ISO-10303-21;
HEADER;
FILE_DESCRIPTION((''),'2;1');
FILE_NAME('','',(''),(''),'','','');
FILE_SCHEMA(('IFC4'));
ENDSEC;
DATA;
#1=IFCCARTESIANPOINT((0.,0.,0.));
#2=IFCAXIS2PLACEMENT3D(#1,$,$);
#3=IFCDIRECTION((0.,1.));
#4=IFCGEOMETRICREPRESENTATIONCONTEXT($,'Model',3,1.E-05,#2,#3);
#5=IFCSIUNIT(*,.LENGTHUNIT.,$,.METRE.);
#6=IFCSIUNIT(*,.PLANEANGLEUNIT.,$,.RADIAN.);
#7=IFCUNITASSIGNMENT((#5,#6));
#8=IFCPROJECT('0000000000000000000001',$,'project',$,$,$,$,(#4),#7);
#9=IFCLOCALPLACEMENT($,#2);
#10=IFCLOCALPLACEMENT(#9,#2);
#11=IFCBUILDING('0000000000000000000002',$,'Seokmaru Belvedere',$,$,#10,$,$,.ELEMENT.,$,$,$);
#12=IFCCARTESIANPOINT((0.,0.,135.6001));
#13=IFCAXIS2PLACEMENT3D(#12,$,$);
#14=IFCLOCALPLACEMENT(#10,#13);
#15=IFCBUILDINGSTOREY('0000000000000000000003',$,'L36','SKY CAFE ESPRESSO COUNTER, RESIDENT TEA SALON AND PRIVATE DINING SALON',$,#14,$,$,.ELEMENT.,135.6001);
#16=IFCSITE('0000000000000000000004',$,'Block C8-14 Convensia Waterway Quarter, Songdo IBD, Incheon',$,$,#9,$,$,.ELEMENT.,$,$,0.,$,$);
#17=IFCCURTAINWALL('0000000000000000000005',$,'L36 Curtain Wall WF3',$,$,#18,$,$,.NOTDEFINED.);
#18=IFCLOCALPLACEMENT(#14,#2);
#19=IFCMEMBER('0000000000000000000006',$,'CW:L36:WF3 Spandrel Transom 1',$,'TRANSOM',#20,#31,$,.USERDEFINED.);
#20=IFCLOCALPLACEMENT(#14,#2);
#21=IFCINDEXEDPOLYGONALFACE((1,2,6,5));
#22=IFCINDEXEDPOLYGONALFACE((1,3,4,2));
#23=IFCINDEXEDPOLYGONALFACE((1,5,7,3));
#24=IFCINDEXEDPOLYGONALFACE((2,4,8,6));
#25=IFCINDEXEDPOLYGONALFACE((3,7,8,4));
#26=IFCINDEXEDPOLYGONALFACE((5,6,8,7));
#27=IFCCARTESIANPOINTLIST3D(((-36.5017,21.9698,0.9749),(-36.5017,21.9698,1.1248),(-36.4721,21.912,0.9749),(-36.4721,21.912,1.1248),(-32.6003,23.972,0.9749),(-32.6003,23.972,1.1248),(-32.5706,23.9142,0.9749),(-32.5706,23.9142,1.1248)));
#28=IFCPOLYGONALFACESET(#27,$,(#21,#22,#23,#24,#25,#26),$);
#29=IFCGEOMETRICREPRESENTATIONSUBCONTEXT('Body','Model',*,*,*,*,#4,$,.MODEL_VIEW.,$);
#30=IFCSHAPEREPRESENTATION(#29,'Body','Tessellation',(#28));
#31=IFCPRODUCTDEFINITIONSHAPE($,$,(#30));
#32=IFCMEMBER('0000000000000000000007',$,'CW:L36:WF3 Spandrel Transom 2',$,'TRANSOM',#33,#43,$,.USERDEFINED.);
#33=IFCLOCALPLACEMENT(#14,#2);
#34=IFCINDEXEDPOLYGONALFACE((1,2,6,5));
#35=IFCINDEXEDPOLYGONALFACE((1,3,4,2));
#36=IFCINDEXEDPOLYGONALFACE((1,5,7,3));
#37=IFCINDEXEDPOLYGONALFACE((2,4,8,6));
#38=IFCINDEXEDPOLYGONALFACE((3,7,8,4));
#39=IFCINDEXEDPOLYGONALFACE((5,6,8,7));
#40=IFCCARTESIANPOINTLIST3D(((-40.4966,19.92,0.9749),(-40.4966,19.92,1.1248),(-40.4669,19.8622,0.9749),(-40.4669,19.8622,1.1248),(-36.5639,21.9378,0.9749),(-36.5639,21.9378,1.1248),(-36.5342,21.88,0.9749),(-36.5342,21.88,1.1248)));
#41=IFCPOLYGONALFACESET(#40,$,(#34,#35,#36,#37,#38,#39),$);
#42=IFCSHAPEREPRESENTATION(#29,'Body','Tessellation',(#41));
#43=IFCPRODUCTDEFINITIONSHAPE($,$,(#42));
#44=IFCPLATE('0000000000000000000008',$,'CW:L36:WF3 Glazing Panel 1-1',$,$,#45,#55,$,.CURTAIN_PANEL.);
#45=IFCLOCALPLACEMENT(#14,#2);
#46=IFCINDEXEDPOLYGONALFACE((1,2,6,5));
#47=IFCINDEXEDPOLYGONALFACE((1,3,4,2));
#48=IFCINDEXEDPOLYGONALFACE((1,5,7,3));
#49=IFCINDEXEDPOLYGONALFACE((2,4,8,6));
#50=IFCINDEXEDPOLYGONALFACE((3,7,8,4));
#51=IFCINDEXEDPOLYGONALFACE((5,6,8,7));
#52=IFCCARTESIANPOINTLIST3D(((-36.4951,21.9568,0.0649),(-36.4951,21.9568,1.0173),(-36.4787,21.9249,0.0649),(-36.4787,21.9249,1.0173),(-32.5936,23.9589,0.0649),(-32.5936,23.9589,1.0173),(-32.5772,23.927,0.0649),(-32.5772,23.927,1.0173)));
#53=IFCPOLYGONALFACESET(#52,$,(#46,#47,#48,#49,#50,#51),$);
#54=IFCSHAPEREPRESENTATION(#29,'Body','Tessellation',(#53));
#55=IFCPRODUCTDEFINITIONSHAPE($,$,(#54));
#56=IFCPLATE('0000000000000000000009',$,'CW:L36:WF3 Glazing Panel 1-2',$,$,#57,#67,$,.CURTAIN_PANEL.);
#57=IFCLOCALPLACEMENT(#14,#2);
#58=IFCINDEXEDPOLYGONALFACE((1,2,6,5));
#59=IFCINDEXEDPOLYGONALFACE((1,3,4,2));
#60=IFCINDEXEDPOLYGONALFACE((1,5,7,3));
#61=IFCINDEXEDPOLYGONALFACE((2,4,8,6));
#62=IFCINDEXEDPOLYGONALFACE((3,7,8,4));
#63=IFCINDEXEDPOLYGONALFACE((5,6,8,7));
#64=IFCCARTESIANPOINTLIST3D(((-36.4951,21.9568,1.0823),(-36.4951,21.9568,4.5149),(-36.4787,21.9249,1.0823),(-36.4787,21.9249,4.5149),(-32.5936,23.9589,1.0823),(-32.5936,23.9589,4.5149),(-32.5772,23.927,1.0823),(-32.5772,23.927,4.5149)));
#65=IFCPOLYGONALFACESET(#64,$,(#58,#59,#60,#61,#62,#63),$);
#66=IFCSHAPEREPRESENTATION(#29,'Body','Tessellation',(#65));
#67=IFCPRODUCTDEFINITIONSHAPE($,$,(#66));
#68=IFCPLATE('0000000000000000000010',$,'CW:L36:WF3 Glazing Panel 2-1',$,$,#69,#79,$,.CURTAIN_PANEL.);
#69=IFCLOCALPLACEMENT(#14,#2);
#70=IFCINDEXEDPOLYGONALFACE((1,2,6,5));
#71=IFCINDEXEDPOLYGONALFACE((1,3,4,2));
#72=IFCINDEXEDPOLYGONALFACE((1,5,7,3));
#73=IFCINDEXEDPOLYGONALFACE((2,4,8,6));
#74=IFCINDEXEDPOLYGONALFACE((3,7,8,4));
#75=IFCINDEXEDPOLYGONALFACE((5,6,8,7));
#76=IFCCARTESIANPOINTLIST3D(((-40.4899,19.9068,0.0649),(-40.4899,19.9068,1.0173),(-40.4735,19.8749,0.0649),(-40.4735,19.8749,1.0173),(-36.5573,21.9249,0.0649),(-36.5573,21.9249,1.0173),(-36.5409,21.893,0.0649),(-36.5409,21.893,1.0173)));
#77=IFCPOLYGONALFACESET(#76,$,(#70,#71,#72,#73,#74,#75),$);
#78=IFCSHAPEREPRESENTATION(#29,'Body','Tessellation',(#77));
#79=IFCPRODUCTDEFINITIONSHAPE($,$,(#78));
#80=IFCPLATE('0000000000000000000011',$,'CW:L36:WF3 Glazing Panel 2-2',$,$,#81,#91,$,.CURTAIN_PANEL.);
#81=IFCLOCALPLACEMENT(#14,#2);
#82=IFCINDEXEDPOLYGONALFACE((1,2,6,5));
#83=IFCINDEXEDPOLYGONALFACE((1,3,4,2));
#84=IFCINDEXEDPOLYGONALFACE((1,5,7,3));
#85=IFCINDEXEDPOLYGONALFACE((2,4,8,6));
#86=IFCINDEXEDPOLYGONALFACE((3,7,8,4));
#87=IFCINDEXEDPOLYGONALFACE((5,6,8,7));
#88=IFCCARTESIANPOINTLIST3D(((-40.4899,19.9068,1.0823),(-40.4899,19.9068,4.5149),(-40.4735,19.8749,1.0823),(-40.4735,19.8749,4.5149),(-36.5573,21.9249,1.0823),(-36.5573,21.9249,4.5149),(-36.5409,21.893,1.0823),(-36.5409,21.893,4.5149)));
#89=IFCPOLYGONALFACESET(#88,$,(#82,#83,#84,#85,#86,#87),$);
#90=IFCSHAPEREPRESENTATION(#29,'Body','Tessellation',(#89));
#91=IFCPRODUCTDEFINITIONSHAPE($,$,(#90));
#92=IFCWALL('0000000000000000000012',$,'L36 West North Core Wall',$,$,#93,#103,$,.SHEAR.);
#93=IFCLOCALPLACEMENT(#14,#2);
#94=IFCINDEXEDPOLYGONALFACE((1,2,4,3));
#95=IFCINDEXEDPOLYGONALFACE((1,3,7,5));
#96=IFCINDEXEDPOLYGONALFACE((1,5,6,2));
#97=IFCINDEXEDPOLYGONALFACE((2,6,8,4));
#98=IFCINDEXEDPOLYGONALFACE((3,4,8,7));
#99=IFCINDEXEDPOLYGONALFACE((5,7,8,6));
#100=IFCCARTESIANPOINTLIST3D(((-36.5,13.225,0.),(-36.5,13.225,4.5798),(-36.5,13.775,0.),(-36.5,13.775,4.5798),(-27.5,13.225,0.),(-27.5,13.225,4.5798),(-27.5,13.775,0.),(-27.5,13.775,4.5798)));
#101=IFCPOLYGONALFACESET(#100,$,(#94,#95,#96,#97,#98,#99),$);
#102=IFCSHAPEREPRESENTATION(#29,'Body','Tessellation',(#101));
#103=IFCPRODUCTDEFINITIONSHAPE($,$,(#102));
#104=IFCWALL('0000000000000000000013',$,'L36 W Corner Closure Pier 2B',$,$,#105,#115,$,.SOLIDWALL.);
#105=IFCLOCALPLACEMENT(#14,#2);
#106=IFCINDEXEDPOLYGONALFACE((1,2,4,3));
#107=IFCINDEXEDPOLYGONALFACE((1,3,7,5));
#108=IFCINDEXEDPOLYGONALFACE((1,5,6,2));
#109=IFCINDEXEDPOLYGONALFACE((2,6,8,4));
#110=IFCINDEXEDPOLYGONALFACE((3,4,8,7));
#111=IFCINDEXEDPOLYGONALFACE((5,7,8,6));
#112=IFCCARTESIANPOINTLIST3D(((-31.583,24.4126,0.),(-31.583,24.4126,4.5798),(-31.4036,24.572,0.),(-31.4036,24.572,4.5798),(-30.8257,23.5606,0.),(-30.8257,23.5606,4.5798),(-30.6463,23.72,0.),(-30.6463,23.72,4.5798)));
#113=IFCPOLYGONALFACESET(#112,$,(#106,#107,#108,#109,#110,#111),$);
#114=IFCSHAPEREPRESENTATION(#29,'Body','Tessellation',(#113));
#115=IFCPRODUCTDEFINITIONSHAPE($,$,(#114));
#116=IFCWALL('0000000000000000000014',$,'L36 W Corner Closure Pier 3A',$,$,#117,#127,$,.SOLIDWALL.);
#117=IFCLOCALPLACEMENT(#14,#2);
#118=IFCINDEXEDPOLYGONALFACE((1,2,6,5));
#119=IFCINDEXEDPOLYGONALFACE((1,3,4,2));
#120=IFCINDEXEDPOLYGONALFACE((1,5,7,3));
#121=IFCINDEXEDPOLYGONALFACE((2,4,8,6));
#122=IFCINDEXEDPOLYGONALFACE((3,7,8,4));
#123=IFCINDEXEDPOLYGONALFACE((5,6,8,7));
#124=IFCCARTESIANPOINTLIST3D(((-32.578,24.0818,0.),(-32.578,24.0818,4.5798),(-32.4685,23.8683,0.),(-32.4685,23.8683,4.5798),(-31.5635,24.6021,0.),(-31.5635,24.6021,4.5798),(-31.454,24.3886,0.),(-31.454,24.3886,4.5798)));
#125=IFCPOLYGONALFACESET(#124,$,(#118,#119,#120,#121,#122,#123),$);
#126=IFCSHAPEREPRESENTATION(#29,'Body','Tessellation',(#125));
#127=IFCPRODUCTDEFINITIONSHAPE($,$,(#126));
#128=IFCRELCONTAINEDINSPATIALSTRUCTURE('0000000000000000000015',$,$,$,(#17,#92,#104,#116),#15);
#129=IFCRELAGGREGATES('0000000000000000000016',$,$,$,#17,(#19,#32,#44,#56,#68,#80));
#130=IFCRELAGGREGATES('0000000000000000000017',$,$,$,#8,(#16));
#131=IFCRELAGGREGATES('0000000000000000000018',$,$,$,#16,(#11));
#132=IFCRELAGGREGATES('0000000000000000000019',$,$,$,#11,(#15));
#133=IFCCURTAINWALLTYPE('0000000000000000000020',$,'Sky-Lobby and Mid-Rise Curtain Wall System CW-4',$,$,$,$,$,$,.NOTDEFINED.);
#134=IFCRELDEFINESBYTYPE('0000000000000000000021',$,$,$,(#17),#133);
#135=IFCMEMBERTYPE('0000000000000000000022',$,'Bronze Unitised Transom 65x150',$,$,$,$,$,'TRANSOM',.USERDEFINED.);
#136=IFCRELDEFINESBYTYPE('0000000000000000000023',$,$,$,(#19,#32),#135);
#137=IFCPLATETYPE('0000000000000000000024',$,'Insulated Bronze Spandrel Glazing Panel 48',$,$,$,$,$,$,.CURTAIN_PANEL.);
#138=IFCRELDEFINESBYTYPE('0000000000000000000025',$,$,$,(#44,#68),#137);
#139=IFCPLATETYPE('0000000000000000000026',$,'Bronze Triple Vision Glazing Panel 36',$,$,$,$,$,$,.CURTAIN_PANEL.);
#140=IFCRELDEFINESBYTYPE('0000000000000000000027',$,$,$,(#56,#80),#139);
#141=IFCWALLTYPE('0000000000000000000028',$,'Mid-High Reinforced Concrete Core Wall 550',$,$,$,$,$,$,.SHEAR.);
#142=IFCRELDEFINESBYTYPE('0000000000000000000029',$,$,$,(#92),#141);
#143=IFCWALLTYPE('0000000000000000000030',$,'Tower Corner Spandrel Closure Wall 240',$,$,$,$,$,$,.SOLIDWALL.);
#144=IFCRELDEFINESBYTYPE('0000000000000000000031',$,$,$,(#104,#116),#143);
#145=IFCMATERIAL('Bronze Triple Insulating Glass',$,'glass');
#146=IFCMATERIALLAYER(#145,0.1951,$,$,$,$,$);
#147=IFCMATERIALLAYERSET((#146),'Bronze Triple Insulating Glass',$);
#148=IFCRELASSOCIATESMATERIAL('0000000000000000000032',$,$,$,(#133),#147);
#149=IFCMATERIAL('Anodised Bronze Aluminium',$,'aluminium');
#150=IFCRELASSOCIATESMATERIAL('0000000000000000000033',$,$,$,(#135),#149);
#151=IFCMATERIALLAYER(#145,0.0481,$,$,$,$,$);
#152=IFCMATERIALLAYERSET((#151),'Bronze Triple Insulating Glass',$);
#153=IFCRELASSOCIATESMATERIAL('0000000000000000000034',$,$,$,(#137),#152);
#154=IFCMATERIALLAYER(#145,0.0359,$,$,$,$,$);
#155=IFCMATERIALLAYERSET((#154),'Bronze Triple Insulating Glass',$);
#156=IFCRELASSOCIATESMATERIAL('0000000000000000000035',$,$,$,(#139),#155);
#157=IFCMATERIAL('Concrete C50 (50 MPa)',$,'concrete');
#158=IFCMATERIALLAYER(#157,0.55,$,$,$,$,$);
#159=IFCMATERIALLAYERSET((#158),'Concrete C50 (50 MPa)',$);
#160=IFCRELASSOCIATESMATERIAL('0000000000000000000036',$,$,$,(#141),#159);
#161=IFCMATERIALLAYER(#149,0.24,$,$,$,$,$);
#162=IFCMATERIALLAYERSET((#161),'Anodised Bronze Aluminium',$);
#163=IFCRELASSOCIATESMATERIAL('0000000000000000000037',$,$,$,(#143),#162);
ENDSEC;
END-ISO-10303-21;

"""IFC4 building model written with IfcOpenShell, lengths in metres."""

from ifc_helpers import new_model, si_unit, direction, frame, frame_2d, origin, origin_2d, place, context, subcontext, project, spatial, rectangle, extrude, source, transform, mapped, material, layer, layer_set, material_profile, profile_set, type_object, type_shapes, element, aggregate, save


model = new_model("IFC4")

# Units and contexts
model_context = context("Model", 3, precision=1e-05, world=origin(), true_north=direction((0.0, 1.0)))
body_context = subcontext(model_context, "Body", "Model", "MODEL_VIEW")
ifc_project = project(units=[si_unit("LENGTHUNIT", "METRE"), si_unit("PLANEANGLEUNIT", "RADIAN")], contexts=[model_context])

# Site, building, storey
site_placement = place(None, origin())
site = spatial("IfcSite", under=ifc_project, at=site_placement, Name="Block C8-14 Convensia Waterway Quarter, Songdo IBD, Incheon", CompositionType="ELEMENT", RefElevation=0.0)
building_placement = place(site_placement, origin())
building = spatial("IfcBuilding", under=site, at=building_placement, Name="Seokmaru Belvedere", CompositionType="ELEMENT")
storey_placement = place(building_placement, frame((0.0, 0.0, 135.6001)))
storey = spatial("IfcBuildingStorey", under=building, at=storey_placement, Name="L36", Description="SKY CAFE ESPRESSO COUNTER, RESIDENT TEA SALON AND PRIVATE DINING SALON", CompositionType="ELEMENT", Elevation=135.6001)

# Curtain wall, members, plates
ifc_material_1 = material(Name="Bronze Triple Insulating Glass", Category="glass")
ifc_layer_1 = layer(ifc_material_1, 0.1951)
ifc_layer_set_1 = layer_set([ifc_layer_1], Name="Bronze Triple Insulating Glass")
curtain_wall_type = type_object("IfcCurtainWallType", Name="Sky-Lobby and Mid-Rise Curtain Wall System CW-4", PredefinedType="NOTDEFINED", material=ifc_layer_set_1)
curtain_wall_placement = place(storey_placement, origin())
curtain_wall = element("IfcCurtainWall", 1, at=curtain_wall_placement, inside=storey, type_object=curtain_wall_type, Name="L36 Curtain Wall WF3", PredefinedType="NOTDEFINED")
ifc_material_2 = material(Name="Anodised Bronze Aluminium", Category="aluminium")
ifc_material_profile_1 = material_profile(ifc_material_2, rectangle(XDim=0.0649, YDim=0.1499, at=origin_2d()), Name="CW-T-65x150")
ifc_profile_set_1 = profile_set([ifc_material_profile_1], Name="Anodised Bronze Aluminium")
member_type_1 = type_object("IfcMemberType", Name="Bronze Unitised Transom 65x150", ElementType="TRANSOM", PredefinedType="USERDEFINED", material=ifc_profile_set_1)
shared_shape_1 = source(origin(), body_context, "Body", "SweptSolid", [
    extrude(rectangle(XDim=0.0649, YDim=0.1499, at=origin_2d()), origin(), (0.0, 0.0, 1.0), 4.3853),
])
member_1_placement = place(storey_placement, frame((-32.5854, 23.9431, 1.0498), z_axis=(-0.889679, -0.456587, 0.0), x_axis=(0.456587, -0.889679, 0.0)))
member_1 = element("IfcMember", 2, at=member_1_placement, type_object=member_type_1, Name="CW:L36:WF3 Spandrel Transom 1", ObjectType="TRANSOM", PredefinedType="USERDEFINED", context=body_context, shape_type="MappedRepresentation", body=[
    mapped(shared_shape_1, transform((0.0, 0.0, 0.0), scale=1.0)),
])
shared_shape_2 = source(origin(), body_context, "Body", "SweptSolid", [
    extrude(rectangle(XDim=0.0649, YDim=0.1499, at=origin_2d()), origin(), (0.0, 0.0, 1.0), 4.4202),
])
member_2_placement = place(storey_placement, frame((-36.5491, 21.9089, 1.0498), z_axis=(-0.889717, -0.456513, 0.0), x_axis=(0.456513, -0.889717, 0.0)))
member_2 = element("IfcMember", 3, at=member_2_placement, type_object=member_type_1, Name="CW:L36:WF3 Spandrel Transom 2", ObjectType="TRANSOM", PredefinedType="USERDEFINED", context=body_context, shape_type="MappedRepresentation", body=[
    mapped(shared_shape_2, transform((0.0, 0.0, 0.0), scale=1.0)),
])
ifc_layer_2 = layer(ifc_material_1, 0.0481)
ifc_layer_set_2 = layer_set([ifc_layer_2], Name="Bronze Triple Insulating Glass")
plate_type_1 = type_object("IfcPlateType", Name="Insulated Bronze Spandrel Glazing Panel 48", PredefinedType="CURTAIN_PANEL", material=ifc_layer_set_2)
shared_shape_3 = source(origin(), body_context, "Body", "SweptSolid", [
    extrude(rectangle(XDim=4.3853, YDim=0.0359, at=origin_2d()), origin(), (0.0, 0.0, 1.0), 0.9524),
])
plate_1_placement = place(storey_placement, frame((-34.5361, 22.9419, 0.0649), z_axis=(0.0, 0.0, 1.0), x_axis=(-0.889695, -0.456555, 0.0)))
plate_1 = element("IfcPlate", 4, at=plate_1_placement, type_object=plate_type_1, Name="CW:L36:WF3 Glazing Panel 1-1", PredefinedType="CURTAIN_PANEL", context=body_context, shape_type="MappedRepresentation", body=[
    mapped(shared_shape_3, transform((0.0, 0.0, 0.0), scale=1.0)),
])
ifc_layer_3 = layer(ifc_material_1, 0.0359)
ifc_layer_set_3 = layer_set([ifc_layer_3], Name="Bronze Triple Insulating Glass")
plate_type_2 = type_object("IfcPlateType", Name="Bronze Triple Vision Glazing Panel 36", PredefinedType="CURTAIN_PANEL", material=ifc_layer_set_3)
shared_shape_4 = source(origin(), body_context, "Body", "SweptSolid", [
    extrude(rectangle(XDim=4.3853, YDim=0.0359, at=origin_2d()), origin(), (0.0, 0.0, 1.0), 3.4326),
])
plate_2_placement = place(storey_placement, frame((-34.5361, 22.9419, 1.0823), z_axis=(0.0, 0.0, 1.0), x_axis=(-0.889695, -0.456555, 0.0)))
plate_2 = element("IfcPlate", 5, at=plate_2_placement, type_object=plate_type_2, Name="CW:L36:WF3 Glazing Panel 1-2", PredefinedType="CURTAIN_PANEL", context=body_context, shape_type="MappedRepresentation", body=[
    mapped(shared_shape_4, transform((0.0, 0.0, 0.0), scale=1.0)),
])
shared_shape_5 = source(origin(), body_context, "Body", "SweptSolid", [
    extrude(rectangle(XDim=4.4202, YDim=0.0359, at=origin_2d()), origin(), (0.0, 0.0, 1.0), 0.9524),
])
type_shapes(plate_type_1, [shared_shape_3, shared_shape_5])
plate_3_placement = place(storey_placement, frame((-38.5154, 20.8999, 0.0649), z_axis=(0.0, 0.0, 1.0), x_axis=(-0.889695, -0.456555, 0.0)))
plate_3 = element("IfcPlate", 6, at=plate_3_placement, type_object=plate_type_1, Name="CW:L36:WF3 Glazing Panel 2-1", PredefinedType="CURTAIN_PANEL", context=body_context, shape_type="MappedRepresentation", body=[
    mapped(shared_shape_5, transform((0.0, 0.0, 0.0), scale=1.0)),
])
shared_shape_6 = source(origin(), body_context, "Body", "SweptSolid", [
    extrude(rectangle(XDim=4.4202, YDim=0.0359, at=origin_2d()), origin(), (0.0, 0.0, 1.0), 3.4326),
])
type_shapes(plate_type_2, [shared_shape_4, shared_shape_6])
plate_4_placement = place(storey_placement, frame((-38.5154, 20.8999, 1.0823), z_axis=(0.0, 0.0, 1.0), x_axis=(-0.889695, -0.456555, 0.0)))
plate_4 = element("IfcPlate", 7, at=plate_4_placement, type_object=plate_type_2, Name="CW:L36:WF3 Glazing Panel 2-2", PredefinedType="CURTAIN_PANEL", context=body_context, shape_type="MappedRepresentation", body=[
    mapped(shared_shape_6, transform((0.0, 0.0, 0.0), scale=1.0)),
])
aggregate(curtain_wall, [member_1, member_2, plate_1, plate_2, plate_3, plate_4])

# Walls
ifc_material_3 = material(Name="Concrete C50 (50 MPa)", Category="concrete")
ifc_layer_4 = layer(ifc_material_3, 0.55)
ifc_layer_set_4 = layer_set([ifc_layer_4], Name="Concrete C50 (50 MPa)")
wall_type_1 = type_object("IfcWallType", Name="Mid-High Reinforced Concrete Core Wall 550", PredefinedType="SHEAR", material=ifc_layer_set_4)
wall_1_placement = place(storey_placement, frame((-36.5, 13.5, 0.0), z_axis=(0.0, 0.0, 1.0), x_axis=(1.0, 0.0, 0.0)))
element("IfcWall", 8, at=wall_1_placement, inside=storey, type_object=wall_type_1, Name="L36 West North Core Wall", PredefinedType="SHEAR", context=body_context, shape_type="SweptSolid", body=[
    extrude(rectangle(XDim=9.0, YDim=0.55, at=frame_2d((4.5, 0.0))), origin(), (0.0, 0.0, 1.0), 4.5798),
])
ifc_layer_5 = layer(ifc_material_2, 0.24)
ifc_layer_set_5 = layer_set([ifc_layer_5], Name="Anodised Bronze Aluminium")
wall_type_2 = type_object("IfcWallType", Name="Tower Corner Spandrel Closure Wall 240", PredefinedType="SOLIDWALL", material=ifc_layer_set_5)
wall_2_placement = place(storey_placement, frame((-30.7361, 23.6404, 0.0), z_axis=(0.0, 0.0, 1.0), x_axis=(-0.664337, 0.747433, 0.0)))
element("IfcWall", 9, at=wall_2_placement, inside=storey, type_object=wall_type_2, Name="L36 W Corner Closure Pier 2B", PredefinedType="SOLIDWALL", context=body_context, shape_type="SweptSolid", body=[
    extrude(rectangle(XDim=1.1399, YDim=0.24, at=frame_2d((0.5698, 0.0))), origin(), (0.0, 0.0, 1.0), 4.5798),
])
wall_3_placement = place(storey_placement, frame((-31.5088, 24.4954, 0.0), z_axis=(0.0, 0.0, 1.0), x_axis=(-0.889797, -0.456356, 0.0)))
element("IfcWall", 10, at=wall_3_placement, inside=storey, type_object=wall_type_2, Name="L36 W Corner Closure Pier 3A", PredefinedType="SOLIDWALL", context=body_context, shape_type="SweptSolid", body=[
    extrude(rectangle(XDim=1.1401, YDim=0.24, at=frame_2d((0.5701, 0.0))), origin(), (0.0, 0.0, 1.0), 4.5798),
])

save(model, "model.ifc")
